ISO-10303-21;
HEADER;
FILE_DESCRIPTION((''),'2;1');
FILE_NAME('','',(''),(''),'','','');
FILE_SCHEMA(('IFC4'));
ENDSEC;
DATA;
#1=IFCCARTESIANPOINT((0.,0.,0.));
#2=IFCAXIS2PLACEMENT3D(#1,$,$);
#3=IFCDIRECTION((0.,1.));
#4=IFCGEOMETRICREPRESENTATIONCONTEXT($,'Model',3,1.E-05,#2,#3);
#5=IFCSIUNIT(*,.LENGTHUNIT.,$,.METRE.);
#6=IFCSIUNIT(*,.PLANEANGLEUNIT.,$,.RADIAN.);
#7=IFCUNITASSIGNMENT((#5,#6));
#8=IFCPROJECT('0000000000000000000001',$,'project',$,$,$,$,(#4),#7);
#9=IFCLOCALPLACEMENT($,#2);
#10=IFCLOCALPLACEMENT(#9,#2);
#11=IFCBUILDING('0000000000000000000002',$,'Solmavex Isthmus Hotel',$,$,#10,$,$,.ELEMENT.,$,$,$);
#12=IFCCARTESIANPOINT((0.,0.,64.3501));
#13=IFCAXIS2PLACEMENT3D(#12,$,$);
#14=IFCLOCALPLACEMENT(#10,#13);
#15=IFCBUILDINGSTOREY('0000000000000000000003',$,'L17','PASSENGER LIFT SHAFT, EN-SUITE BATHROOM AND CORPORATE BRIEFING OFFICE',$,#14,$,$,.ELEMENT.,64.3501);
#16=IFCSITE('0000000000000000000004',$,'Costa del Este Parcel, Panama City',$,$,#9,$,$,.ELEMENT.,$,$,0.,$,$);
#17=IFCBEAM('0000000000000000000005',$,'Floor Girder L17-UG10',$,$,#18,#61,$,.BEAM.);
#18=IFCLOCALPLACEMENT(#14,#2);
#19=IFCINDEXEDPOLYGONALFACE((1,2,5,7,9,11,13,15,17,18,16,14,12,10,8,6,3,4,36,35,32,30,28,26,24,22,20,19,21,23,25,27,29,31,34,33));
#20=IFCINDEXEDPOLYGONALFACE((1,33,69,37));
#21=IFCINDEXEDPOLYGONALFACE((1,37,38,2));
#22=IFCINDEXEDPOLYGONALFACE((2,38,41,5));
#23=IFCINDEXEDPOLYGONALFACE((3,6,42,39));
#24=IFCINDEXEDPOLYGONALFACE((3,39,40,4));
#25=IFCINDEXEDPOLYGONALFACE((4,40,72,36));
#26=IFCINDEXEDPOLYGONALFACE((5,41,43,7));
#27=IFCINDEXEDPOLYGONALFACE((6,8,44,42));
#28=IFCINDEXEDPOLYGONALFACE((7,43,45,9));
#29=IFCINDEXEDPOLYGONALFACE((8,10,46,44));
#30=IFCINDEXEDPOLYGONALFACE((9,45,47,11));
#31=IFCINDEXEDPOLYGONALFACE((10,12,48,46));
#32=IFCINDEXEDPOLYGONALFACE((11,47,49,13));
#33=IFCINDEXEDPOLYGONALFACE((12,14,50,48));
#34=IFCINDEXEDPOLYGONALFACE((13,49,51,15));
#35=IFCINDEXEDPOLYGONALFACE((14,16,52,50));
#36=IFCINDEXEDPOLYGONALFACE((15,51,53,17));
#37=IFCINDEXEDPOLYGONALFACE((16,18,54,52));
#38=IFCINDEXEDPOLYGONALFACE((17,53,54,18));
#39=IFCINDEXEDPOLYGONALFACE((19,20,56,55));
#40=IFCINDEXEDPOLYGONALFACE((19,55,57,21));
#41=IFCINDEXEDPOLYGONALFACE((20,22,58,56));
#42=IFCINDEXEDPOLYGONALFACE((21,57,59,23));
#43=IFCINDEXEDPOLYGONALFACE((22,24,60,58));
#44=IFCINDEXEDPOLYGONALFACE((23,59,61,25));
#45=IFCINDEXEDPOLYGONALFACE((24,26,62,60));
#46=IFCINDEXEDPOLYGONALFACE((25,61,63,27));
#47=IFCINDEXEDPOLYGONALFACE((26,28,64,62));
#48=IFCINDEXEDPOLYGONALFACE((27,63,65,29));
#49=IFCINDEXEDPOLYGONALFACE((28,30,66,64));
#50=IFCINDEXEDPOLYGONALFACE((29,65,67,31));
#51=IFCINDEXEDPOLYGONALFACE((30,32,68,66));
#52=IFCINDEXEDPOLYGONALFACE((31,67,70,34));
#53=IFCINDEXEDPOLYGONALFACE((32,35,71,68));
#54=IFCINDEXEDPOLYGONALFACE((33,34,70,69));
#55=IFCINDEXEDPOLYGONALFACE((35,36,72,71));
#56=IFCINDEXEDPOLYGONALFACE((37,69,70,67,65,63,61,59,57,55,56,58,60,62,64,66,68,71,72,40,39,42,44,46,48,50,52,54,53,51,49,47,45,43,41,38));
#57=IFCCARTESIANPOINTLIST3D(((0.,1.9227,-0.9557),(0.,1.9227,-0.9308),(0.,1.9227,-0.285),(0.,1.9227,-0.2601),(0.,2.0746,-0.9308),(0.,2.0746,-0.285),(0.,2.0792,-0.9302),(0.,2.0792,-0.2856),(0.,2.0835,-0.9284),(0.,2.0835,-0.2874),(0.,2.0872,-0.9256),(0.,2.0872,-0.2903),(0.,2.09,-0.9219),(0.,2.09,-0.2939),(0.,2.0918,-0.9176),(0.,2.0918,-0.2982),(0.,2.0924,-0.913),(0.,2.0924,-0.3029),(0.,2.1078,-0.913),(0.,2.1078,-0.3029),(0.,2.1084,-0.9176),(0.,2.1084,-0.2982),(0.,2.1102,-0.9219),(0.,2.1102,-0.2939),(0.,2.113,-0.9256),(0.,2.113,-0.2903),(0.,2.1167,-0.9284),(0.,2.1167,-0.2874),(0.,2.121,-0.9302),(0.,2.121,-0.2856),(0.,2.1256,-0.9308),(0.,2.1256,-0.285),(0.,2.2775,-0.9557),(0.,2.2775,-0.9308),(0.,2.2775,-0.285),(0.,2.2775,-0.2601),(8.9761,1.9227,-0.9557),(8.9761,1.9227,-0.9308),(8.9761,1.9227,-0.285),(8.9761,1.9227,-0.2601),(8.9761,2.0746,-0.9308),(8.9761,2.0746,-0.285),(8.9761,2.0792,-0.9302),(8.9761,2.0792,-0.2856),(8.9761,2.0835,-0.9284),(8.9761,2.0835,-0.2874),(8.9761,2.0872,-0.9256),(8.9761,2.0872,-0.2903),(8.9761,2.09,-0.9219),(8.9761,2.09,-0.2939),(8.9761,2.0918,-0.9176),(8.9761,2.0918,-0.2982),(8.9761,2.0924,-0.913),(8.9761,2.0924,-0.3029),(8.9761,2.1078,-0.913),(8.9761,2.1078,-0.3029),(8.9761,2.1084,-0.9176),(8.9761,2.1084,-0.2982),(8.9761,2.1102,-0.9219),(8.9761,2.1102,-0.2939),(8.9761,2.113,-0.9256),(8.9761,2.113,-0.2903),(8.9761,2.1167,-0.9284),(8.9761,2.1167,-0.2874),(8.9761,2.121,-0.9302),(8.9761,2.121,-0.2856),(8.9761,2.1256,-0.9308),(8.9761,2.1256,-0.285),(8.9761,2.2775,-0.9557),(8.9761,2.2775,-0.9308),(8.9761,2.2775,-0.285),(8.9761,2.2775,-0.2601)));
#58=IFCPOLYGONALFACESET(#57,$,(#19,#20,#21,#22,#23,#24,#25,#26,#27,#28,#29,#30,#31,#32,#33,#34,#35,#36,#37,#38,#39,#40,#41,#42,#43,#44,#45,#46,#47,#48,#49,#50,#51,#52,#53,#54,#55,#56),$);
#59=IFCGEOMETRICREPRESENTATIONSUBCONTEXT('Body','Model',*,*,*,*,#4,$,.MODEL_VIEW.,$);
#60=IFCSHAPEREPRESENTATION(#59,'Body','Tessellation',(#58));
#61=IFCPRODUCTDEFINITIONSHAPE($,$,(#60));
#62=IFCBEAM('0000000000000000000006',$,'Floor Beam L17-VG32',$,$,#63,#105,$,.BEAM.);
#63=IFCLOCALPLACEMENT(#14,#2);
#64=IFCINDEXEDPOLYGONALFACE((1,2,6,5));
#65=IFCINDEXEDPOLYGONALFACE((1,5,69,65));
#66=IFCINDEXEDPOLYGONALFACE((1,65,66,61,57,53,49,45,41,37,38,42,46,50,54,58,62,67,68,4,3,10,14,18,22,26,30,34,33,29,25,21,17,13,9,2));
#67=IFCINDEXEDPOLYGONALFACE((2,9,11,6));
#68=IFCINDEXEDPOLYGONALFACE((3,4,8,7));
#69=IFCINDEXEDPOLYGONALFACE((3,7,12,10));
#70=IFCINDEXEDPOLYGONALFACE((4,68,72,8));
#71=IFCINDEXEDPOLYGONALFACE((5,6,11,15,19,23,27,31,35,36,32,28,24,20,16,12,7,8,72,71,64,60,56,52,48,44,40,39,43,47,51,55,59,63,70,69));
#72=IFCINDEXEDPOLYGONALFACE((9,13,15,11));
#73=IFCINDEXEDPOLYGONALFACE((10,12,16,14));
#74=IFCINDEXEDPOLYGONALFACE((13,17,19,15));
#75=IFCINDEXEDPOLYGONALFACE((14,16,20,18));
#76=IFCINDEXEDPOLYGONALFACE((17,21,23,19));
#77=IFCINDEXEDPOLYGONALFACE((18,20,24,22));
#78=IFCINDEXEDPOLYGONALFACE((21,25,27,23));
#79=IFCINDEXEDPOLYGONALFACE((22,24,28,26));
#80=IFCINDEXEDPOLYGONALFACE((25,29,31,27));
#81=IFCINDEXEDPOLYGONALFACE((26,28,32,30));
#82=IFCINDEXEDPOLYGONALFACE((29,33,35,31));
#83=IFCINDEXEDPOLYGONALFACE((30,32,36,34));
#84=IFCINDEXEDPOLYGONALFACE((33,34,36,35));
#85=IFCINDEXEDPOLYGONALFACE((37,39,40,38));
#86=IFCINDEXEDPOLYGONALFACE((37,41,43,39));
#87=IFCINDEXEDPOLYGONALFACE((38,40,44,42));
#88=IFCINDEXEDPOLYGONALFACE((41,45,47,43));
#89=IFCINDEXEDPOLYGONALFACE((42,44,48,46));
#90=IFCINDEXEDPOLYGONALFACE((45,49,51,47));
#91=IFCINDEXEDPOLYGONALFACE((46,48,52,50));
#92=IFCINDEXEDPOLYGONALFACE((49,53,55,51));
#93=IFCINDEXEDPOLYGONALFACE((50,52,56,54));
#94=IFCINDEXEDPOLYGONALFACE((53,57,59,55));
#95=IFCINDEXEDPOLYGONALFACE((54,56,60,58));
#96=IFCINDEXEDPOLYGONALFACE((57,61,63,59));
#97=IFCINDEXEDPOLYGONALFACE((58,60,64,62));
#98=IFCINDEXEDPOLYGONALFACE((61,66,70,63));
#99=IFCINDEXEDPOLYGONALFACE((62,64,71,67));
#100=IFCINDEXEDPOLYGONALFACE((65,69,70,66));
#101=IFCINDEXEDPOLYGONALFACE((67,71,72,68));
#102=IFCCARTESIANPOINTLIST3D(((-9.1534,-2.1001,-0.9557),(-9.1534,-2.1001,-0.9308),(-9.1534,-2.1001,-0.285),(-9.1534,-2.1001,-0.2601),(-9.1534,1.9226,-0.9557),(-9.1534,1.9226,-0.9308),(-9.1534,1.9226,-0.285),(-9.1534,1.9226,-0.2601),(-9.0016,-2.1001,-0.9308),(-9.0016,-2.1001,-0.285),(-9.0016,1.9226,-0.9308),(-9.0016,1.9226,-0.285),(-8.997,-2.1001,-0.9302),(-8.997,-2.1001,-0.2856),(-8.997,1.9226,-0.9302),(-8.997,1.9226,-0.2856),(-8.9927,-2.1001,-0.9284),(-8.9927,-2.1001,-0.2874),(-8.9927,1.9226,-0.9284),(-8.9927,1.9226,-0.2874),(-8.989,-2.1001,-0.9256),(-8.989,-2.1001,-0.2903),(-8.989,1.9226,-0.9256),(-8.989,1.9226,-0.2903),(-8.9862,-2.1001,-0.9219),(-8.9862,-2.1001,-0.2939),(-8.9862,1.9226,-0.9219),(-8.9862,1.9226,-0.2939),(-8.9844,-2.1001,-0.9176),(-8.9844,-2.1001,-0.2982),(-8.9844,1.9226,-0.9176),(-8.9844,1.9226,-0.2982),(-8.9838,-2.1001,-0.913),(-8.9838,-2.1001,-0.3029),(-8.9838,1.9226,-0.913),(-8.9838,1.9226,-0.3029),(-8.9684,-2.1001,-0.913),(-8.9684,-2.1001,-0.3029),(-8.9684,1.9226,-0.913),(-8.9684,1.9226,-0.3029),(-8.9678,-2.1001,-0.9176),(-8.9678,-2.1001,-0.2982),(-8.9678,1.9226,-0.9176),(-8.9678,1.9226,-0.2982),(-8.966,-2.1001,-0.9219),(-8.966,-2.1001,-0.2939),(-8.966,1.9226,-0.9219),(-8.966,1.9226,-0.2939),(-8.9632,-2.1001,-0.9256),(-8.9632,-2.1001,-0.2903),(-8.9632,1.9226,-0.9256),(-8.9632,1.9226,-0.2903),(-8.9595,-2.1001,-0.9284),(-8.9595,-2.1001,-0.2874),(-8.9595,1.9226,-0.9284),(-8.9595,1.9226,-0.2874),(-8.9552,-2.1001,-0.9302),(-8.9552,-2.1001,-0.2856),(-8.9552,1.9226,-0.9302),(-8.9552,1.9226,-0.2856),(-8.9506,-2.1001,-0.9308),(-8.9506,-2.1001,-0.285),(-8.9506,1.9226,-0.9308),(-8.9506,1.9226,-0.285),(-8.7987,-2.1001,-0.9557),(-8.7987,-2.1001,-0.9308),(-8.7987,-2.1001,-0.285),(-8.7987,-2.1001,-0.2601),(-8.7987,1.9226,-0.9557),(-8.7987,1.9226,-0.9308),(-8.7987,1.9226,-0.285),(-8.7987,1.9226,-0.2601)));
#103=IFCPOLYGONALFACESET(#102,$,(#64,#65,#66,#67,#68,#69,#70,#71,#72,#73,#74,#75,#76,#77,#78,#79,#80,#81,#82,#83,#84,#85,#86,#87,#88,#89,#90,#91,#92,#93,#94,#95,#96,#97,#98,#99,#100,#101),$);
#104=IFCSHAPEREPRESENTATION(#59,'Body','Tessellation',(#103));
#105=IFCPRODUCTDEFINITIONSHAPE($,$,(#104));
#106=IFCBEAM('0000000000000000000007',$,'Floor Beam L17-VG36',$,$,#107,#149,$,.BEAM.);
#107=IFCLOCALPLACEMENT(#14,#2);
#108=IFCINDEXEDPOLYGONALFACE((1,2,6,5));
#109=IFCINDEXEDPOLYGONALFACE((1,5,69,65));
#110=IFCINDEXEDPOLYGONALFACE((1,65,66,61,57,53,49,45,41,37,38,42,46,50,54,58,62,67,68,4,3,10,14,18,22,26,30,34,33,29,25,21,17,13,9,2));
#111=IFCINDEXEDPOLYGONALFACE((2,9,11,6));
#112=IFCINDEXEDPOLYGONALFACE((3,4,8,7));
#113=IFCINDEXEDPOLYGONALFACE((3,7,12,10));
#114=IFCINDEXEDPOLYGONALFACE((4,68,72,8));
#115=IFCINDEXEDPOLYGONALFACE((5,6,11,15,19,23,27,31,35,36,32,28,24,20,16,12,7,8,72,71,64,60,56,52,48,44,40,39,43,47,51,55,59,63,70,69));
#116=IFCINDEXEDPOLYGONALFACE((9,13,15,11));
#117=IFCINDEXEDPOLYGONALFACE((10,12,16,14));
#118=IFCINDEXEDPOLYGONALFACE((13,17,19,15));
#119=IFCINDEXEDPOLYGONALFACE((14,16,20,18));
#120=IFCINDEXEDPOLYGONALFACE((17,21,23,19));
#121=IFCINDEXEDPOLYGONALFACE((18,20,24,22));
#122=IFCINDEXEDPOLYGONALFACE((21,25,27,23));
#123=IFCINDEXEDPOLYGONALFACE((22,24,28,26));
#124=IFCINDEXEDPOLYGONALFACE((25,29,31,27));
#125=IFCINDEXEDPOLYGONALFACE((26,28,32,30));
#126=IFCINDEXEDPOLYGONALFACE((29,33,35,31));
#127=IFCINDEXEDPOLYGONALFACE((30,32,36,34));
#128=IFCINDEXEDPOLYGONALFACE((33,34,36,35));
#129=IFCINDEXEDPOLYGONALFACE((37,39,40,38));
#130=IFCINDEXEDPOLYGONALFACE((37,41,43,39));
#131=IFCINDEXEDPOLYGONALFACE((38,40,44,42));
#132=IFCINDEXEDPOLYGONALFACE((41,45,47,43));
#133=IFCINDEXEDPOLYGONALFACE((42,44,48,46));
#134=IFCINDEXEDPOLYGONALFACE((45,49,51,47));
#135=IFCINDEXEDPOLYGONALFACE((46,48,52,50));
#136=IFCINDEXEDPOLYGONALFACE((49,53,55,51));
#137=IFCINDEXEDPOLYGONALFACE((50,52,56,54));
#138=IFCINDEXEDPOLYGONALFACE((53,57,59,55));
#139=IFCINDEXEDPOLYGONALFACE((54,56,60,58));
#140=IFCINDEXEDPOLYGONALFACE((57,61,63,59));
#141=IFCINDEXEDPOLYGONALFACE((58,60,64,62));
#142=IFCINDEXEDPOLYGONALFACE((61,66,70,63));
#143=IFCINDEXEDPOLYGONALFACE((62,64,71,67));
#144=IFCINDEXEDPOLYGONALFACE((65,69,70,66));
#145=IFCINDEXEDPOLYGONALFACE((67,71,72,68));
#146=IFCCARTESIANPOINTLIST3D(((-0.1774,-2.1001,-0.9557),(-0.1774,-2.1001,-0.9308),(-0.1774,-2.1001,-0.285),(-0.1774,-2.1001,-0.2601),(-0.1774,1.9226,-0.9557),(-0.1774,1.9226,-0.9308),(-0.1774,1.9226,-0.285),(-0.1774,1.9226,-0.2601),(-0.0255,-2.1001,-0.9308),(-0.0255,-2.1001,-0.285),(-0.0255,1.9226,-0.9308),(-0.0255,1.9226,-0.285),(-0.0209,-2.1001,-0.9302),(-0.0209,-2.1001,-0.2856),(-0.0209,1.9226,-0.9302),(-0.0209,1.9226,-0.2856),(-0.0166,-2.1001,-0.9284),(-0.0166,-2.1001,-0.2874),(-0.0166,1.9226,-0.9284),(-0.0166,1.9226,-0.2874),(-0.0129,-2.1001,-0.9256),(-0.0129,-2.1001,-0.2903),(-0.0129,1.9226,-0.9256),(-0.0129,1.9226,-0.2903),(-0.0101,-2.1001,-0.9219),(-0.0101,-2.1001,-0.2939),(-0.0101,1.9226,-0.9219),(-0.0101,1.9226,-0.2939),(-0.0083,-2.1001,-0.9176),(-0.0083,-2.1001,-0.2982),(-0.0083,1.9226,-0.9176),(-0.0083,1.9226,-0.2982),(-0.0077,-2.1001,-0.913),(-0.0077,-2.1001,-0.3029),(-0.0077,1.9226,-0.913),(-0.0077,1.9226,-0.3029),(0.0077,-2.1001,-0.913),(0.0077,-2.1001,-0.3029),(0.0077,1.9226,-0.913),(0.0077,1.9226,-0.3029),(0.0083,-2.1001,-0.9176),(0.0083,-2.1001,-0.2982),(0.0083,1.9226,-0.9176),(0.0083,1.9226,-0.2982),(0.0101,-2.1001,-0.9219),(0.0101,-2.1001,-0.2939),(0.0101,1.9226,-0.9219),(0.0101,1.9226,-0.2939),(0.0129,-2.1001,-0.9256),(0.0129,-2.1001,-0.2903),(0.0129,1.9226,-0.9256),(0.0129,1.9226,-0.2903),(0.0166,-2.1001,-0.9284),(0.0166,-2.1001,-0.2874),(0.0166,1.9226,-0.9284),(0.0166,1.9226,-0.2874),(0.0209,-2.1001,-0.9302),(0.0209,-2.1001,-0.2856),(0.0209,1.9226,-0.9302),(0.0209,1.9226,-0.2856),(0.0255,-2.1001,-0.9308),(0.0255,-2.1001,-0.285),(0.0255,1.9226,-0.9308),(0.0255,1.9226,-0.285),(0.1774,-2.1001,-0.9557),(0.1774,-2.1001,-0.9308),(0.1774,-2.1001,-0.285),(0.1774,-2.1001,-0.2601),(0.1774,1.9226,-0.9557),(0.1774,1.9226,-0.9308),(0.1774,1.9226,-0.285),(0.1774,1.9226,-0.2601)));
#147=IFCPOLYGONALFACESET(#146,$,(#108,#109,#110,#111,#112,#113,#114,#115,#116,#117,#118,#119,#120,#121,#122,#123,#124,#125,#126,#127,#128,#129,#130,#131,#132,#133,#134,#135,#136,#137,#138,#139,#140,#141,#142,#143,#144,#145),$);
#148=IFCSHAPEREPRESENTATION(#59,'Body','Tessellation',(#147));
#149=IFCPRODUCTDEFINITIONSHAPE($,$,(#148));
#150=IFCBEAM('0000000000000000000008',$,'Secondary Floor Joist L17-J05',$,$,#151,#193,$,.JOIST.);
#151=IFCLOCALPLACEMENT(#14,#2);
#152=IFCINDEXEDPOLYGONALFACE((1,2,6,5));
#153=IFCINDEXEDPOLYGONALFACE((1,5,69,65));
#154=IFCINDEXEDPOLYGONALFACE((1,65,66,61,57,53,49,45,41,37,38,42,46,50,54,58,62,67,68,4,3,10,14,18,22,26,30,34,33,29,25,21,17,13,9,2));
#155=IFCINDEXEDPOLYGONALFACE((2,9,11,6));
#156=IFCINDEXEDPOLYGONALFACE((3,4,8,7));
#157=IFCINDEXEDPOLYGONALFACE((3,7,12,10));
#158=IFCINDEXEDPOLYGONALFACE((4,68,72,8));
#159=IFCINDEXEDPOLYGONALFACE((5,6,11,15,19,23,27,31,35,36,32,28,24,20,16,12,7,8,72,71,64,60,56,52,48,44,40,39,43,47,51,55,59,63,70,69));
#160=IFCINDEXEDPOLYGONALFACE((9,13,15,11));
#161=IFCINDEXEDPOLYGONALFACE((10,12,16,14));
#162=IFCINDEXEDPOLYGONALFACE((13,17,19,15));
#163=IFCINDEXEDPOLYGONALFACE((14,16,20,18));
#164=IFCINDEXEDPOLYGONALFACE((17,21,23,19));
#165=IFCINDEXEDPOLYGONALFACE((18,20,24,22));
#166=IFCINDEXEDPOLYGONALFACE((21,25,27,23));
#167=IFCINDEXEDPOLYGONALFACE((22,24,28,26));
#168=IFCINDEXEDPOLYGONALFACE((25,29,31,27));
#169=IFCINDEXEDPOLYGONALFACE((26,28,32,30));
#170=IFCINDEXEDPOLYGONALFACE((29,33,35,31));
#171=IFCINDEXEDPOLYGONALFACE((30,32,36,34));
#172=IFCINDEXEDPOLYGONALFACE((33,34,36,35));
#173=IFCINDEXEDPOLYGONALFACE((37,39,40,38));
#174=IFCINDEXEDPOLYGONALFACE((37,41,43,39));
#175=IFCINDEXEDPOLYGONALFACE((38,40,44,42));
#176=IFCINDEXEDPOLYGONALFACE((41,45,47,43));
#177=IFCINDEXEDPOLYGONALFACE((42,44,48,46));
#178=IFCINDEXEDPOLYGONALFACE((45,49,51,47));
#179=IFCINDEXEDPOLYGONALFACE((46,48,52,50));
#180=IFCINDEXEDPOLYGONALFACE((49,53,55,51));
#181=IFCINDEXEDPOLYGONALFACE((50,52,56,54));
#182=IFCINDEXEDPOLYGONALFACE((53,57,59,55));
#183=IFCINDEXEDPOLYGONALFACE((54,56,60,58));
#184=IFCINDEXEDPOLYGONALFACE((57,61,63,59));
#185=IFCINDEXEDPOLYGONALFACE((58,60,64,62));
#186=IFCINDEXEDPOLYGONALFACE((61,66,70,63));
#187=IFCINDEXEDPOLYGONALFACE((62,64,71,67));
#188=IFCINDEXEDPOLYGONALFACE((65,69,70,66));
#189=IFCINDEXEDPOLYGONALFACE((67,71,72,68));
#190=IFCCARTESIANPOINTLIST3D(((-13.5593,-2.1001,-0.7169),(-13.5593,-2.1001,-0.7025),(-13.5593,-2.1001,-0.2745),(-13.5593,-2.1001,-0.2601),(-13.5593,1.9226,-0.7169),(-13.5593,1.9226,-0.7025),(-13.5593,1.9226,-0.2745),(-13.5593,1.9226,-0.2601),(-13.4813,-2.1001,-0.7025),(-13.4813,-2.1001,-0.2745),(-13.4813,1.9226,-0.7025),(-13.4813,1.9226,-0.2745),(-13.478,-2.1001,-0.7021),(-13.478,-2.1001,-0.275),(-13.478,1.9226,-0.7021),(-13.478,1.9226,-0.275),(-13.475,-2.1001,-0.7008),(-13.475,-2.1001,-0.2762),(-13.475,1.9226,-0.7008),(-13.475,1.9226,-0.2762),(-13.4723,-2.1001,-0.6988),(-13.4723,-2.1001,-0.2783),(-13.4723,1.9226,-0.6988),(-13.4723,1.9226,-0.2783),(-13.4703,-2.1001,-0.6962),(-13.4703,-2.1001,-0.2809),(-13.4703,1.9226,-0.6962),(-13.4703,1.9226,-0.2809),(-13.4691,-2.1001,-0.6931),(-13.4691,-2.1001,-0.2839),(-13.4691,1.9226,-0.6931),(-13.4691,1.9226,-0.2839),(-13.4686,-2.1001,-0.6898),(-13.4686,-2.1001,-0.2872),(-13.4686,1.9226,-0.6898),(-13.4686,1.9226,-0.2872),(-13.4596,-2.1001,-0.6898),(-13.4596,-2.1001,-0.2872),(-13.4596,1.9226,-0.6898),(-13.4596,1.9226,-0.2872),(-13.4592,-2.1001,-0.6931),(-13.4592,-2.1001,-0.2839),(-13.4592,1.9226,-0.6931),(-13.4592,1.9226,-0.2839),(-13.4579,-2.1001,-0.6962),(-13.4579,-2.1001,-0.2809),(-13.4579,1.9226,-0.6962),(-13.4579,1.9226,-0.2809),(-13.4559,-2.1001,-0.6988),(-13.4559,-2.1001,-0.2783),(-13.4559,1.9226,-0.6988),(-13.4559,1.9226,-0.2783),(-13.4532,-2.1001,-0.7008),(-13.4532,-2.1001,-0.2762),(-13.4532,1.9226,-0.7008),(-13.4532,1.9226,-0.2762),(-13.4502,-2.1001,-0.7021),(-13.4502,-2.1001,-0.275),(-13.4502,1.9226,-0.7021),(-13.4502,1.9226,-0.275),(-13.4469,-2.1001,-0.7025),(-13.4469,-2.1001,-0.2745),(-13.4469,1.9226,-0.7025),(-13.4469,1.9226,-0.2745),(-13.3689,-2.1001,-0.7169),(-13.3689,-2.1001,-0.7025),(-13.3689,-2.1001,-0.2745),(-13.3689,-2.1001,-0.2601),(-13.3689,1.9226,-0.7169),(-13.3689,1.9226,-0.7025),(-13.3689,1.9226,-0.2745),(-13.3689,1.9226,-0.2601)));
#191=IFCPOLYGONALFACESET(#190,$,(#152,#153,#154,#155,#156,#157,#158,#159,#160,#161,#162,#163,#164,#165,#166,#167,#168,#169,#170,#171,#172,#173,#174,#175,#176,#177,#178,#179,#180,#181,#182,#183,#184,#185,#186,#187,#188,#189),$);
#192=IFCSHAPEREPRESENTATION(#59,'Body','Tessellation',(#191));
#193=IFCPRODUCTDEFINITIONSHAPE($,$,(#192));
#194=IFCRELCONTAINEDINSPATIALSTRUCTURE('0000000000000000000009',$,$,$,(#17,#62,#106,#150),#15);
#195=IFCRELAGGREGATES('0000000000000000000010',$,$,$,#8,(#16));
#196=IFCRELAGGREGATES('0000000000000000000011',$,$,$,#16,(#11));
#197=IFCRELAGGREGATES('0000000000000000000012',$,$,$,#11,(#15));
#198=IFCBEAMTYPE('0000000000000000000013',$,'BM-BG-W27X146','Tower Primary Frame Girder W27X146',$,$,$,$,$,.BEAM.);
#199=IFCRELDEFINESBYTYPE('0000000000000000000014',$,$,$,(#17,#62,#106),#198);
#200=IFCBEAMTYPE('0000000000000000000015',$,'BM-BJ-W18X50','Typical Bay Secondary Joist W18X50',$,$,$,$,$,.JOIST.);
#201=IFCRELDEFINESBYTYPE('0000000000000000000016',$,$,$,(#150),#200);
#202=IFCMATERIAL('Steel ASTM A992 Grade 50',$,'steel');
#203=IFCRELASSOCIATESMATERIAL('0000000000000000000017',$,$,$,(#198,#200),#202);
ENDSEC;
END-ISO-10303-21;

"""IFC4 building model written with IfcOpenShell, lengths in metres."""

from ifc_helpers import new_model, si_unit, direction, frame, origin, origin_2d, place, context, subcontext, project, spatial, i_section, extrude, material, material_profile, profile_set, type_object, element, save


model = new_model("IFC4")

# Units and contexts
model_context = context("Model", 3, precision=1e-05, world=origin(), true_north=direction((0.0, 1.0)))
body_context = subcontext(model_context, "Body", "Model", "MODEL_VIEW")
ifc_project = project(units=[si_unit("LENGTHUNIT", "METRE"), si_unit("PLANEANGLEUNIT", "RADIAN")], contexts=[model_context])

# Site, building, storey
site_placement = place(None, origin())
site = spatial("IfcSite", under=ifc_project, at=site_placement, Name="Costa del Este Parcel, Panama City", CompositionType="ELEMENT", RefElevation=0.0)
building_placement = place(site_placement, origin())
building = spatial("IfcBuilding", under=site, at=building_placement, Name="Solmavex Isthmus Hotel", CompositionType="ELEMENT")
storey_placement = place(building_placement, frame((0.0, 0.0, 64.3501)))
storey = spatial("IfcBuildingStorey", under=building, at=storey_placement, Name="L17", Description="PASSENGER LIFT SHAFT, EN-SUITE BATHROOM AND CORPORATE BRIEFING OFFICE", CompositionType="ELEMENT", Elevation=64.3501)

# Beams
ifc_material_1 = material(Name="Steel ASTM A992 Grade 50", Category="steel")
ifc_material_profile_1 = material_profile(ifc_material_1, i_section(OverallWidth=0.3547, OverallDepth=0.6956, WebThickness=0.0154, FlangeThickness=0.0249, FilletRadius=0.0178, at=origin_2d()), Name="W27X146")
ifc_profile_set_1 = profile_set([ifc_material_profile_1], Name="Steel ASTM A992 Grade 50")
beam_type_1 = type_object("IfcBeamType", Name="BM-BG-W27X146", Description="Tower Primary Frame Girder W27X146", PredefinedType="BEAM", material=ifc_profile_set_1)
for number, where, z_axis, x_axis, name in (
    (1, (0.0, 2.1001, -0.6079), (1.0, 0.0, 0.0), (0.0, 1.0, 0.0), "Floor Girder L17-UG10"),
):
    element("IfcBeam", number, at=place(storey_placement, frame(where, z_axis=z_axis, x_axis=x_axis)), inside=storey, type_object=beam_type_1, Name=name, PredefinedType="BEAM", context=body_context, shape_type="SweptSolid", body=[
        extrude(i_section(OverallWidth=0.3547, OverallDepth=0.6956, WebThickness=0.0154, FlangeThickness=0.0249, FilletRadius=0.0178, at=origin_2d()), origin(), (0.0, 0.0, 1.0), 8.9761),
    ])
for number, where, z_axis, x_axis, name in (
    (2, (-8.9761, -2.1001, -0.6079), (0.0, 1.0, 0.0), (-1.0, 0.0, 0.0), "Floor Beam L17-VG32"),
    (3, (0.0, -2.1001, -0.6079), (0.0, 1.0, 0.0), (-1.0, 0.0, 0.0), "Floor Beam L17-VG36"),
):
    element("IfcBeam", number, at=place(storey_placement, frame(where, z_axis=z_axis, x_axis=x_axis)), inside=storey, type_object=beam_type_1, Name=name, PredefinedType="BEAM", context=body_context, shape_type="SweptSolid", body=[
        extrude(i_section(OverallWidth=0.3547, OverallDepth=0.6956, WebThickness=0.0154, FlangeThickness=0.0249, FilletRadius=0.0178, at=origin_2d()), origin(), (0.0, 0.0, 1.0), 4.0227),
    ])
ifc_material_profile_2 = material_profile(ifc_material_1, i_section(OverallWidth=0.1904, OverallDepth=0.4568, WebThickness=0.009, FlangeThickness=0.0144, FilletRadius=0.0127, at=origin_2d()), Name="W18X50")
ifc_profile_set_2 = profile_set([ifc_material_profile_2], Name="Steel ASTM A992 Grade 50")
beam_type_2 = type_object("IfcBeamType", Name="BM-BJ-W18X50", Description="Typical Bay Secondary Joist W18X50", PredefinedType="JOIST", material=ifc_profile_set_2)
for number, where, z_axis, x_axis, name in (
    (4, (-13.4641, -2.1001, -0.4885), (0.0, 1.0, 0.0), (-1.0, 0.0, 0.0), "Secondary Floor Joist L17-J05"),
):
    element("IfcBeam", number, at=place(storey_placement, frame(where, z_axis=z_axis, x_axis=x_axis)), inside=storey, type_object=beam_type_2, Name=name, PredefinedType="JOIST", context=body_context, shape_type="SweptSolid", body=[
        extrude(i_section(OverallWidth=0.1904, OverallDepth=0.4568, WebThickness=0.009, FlangeThickness=0.0144, FilletRadius=0.0127, at=origin_2d()), origin(), (0.0, 0.0, 1.0), 4.0227),
    ])

save(model, "model.ifc")
